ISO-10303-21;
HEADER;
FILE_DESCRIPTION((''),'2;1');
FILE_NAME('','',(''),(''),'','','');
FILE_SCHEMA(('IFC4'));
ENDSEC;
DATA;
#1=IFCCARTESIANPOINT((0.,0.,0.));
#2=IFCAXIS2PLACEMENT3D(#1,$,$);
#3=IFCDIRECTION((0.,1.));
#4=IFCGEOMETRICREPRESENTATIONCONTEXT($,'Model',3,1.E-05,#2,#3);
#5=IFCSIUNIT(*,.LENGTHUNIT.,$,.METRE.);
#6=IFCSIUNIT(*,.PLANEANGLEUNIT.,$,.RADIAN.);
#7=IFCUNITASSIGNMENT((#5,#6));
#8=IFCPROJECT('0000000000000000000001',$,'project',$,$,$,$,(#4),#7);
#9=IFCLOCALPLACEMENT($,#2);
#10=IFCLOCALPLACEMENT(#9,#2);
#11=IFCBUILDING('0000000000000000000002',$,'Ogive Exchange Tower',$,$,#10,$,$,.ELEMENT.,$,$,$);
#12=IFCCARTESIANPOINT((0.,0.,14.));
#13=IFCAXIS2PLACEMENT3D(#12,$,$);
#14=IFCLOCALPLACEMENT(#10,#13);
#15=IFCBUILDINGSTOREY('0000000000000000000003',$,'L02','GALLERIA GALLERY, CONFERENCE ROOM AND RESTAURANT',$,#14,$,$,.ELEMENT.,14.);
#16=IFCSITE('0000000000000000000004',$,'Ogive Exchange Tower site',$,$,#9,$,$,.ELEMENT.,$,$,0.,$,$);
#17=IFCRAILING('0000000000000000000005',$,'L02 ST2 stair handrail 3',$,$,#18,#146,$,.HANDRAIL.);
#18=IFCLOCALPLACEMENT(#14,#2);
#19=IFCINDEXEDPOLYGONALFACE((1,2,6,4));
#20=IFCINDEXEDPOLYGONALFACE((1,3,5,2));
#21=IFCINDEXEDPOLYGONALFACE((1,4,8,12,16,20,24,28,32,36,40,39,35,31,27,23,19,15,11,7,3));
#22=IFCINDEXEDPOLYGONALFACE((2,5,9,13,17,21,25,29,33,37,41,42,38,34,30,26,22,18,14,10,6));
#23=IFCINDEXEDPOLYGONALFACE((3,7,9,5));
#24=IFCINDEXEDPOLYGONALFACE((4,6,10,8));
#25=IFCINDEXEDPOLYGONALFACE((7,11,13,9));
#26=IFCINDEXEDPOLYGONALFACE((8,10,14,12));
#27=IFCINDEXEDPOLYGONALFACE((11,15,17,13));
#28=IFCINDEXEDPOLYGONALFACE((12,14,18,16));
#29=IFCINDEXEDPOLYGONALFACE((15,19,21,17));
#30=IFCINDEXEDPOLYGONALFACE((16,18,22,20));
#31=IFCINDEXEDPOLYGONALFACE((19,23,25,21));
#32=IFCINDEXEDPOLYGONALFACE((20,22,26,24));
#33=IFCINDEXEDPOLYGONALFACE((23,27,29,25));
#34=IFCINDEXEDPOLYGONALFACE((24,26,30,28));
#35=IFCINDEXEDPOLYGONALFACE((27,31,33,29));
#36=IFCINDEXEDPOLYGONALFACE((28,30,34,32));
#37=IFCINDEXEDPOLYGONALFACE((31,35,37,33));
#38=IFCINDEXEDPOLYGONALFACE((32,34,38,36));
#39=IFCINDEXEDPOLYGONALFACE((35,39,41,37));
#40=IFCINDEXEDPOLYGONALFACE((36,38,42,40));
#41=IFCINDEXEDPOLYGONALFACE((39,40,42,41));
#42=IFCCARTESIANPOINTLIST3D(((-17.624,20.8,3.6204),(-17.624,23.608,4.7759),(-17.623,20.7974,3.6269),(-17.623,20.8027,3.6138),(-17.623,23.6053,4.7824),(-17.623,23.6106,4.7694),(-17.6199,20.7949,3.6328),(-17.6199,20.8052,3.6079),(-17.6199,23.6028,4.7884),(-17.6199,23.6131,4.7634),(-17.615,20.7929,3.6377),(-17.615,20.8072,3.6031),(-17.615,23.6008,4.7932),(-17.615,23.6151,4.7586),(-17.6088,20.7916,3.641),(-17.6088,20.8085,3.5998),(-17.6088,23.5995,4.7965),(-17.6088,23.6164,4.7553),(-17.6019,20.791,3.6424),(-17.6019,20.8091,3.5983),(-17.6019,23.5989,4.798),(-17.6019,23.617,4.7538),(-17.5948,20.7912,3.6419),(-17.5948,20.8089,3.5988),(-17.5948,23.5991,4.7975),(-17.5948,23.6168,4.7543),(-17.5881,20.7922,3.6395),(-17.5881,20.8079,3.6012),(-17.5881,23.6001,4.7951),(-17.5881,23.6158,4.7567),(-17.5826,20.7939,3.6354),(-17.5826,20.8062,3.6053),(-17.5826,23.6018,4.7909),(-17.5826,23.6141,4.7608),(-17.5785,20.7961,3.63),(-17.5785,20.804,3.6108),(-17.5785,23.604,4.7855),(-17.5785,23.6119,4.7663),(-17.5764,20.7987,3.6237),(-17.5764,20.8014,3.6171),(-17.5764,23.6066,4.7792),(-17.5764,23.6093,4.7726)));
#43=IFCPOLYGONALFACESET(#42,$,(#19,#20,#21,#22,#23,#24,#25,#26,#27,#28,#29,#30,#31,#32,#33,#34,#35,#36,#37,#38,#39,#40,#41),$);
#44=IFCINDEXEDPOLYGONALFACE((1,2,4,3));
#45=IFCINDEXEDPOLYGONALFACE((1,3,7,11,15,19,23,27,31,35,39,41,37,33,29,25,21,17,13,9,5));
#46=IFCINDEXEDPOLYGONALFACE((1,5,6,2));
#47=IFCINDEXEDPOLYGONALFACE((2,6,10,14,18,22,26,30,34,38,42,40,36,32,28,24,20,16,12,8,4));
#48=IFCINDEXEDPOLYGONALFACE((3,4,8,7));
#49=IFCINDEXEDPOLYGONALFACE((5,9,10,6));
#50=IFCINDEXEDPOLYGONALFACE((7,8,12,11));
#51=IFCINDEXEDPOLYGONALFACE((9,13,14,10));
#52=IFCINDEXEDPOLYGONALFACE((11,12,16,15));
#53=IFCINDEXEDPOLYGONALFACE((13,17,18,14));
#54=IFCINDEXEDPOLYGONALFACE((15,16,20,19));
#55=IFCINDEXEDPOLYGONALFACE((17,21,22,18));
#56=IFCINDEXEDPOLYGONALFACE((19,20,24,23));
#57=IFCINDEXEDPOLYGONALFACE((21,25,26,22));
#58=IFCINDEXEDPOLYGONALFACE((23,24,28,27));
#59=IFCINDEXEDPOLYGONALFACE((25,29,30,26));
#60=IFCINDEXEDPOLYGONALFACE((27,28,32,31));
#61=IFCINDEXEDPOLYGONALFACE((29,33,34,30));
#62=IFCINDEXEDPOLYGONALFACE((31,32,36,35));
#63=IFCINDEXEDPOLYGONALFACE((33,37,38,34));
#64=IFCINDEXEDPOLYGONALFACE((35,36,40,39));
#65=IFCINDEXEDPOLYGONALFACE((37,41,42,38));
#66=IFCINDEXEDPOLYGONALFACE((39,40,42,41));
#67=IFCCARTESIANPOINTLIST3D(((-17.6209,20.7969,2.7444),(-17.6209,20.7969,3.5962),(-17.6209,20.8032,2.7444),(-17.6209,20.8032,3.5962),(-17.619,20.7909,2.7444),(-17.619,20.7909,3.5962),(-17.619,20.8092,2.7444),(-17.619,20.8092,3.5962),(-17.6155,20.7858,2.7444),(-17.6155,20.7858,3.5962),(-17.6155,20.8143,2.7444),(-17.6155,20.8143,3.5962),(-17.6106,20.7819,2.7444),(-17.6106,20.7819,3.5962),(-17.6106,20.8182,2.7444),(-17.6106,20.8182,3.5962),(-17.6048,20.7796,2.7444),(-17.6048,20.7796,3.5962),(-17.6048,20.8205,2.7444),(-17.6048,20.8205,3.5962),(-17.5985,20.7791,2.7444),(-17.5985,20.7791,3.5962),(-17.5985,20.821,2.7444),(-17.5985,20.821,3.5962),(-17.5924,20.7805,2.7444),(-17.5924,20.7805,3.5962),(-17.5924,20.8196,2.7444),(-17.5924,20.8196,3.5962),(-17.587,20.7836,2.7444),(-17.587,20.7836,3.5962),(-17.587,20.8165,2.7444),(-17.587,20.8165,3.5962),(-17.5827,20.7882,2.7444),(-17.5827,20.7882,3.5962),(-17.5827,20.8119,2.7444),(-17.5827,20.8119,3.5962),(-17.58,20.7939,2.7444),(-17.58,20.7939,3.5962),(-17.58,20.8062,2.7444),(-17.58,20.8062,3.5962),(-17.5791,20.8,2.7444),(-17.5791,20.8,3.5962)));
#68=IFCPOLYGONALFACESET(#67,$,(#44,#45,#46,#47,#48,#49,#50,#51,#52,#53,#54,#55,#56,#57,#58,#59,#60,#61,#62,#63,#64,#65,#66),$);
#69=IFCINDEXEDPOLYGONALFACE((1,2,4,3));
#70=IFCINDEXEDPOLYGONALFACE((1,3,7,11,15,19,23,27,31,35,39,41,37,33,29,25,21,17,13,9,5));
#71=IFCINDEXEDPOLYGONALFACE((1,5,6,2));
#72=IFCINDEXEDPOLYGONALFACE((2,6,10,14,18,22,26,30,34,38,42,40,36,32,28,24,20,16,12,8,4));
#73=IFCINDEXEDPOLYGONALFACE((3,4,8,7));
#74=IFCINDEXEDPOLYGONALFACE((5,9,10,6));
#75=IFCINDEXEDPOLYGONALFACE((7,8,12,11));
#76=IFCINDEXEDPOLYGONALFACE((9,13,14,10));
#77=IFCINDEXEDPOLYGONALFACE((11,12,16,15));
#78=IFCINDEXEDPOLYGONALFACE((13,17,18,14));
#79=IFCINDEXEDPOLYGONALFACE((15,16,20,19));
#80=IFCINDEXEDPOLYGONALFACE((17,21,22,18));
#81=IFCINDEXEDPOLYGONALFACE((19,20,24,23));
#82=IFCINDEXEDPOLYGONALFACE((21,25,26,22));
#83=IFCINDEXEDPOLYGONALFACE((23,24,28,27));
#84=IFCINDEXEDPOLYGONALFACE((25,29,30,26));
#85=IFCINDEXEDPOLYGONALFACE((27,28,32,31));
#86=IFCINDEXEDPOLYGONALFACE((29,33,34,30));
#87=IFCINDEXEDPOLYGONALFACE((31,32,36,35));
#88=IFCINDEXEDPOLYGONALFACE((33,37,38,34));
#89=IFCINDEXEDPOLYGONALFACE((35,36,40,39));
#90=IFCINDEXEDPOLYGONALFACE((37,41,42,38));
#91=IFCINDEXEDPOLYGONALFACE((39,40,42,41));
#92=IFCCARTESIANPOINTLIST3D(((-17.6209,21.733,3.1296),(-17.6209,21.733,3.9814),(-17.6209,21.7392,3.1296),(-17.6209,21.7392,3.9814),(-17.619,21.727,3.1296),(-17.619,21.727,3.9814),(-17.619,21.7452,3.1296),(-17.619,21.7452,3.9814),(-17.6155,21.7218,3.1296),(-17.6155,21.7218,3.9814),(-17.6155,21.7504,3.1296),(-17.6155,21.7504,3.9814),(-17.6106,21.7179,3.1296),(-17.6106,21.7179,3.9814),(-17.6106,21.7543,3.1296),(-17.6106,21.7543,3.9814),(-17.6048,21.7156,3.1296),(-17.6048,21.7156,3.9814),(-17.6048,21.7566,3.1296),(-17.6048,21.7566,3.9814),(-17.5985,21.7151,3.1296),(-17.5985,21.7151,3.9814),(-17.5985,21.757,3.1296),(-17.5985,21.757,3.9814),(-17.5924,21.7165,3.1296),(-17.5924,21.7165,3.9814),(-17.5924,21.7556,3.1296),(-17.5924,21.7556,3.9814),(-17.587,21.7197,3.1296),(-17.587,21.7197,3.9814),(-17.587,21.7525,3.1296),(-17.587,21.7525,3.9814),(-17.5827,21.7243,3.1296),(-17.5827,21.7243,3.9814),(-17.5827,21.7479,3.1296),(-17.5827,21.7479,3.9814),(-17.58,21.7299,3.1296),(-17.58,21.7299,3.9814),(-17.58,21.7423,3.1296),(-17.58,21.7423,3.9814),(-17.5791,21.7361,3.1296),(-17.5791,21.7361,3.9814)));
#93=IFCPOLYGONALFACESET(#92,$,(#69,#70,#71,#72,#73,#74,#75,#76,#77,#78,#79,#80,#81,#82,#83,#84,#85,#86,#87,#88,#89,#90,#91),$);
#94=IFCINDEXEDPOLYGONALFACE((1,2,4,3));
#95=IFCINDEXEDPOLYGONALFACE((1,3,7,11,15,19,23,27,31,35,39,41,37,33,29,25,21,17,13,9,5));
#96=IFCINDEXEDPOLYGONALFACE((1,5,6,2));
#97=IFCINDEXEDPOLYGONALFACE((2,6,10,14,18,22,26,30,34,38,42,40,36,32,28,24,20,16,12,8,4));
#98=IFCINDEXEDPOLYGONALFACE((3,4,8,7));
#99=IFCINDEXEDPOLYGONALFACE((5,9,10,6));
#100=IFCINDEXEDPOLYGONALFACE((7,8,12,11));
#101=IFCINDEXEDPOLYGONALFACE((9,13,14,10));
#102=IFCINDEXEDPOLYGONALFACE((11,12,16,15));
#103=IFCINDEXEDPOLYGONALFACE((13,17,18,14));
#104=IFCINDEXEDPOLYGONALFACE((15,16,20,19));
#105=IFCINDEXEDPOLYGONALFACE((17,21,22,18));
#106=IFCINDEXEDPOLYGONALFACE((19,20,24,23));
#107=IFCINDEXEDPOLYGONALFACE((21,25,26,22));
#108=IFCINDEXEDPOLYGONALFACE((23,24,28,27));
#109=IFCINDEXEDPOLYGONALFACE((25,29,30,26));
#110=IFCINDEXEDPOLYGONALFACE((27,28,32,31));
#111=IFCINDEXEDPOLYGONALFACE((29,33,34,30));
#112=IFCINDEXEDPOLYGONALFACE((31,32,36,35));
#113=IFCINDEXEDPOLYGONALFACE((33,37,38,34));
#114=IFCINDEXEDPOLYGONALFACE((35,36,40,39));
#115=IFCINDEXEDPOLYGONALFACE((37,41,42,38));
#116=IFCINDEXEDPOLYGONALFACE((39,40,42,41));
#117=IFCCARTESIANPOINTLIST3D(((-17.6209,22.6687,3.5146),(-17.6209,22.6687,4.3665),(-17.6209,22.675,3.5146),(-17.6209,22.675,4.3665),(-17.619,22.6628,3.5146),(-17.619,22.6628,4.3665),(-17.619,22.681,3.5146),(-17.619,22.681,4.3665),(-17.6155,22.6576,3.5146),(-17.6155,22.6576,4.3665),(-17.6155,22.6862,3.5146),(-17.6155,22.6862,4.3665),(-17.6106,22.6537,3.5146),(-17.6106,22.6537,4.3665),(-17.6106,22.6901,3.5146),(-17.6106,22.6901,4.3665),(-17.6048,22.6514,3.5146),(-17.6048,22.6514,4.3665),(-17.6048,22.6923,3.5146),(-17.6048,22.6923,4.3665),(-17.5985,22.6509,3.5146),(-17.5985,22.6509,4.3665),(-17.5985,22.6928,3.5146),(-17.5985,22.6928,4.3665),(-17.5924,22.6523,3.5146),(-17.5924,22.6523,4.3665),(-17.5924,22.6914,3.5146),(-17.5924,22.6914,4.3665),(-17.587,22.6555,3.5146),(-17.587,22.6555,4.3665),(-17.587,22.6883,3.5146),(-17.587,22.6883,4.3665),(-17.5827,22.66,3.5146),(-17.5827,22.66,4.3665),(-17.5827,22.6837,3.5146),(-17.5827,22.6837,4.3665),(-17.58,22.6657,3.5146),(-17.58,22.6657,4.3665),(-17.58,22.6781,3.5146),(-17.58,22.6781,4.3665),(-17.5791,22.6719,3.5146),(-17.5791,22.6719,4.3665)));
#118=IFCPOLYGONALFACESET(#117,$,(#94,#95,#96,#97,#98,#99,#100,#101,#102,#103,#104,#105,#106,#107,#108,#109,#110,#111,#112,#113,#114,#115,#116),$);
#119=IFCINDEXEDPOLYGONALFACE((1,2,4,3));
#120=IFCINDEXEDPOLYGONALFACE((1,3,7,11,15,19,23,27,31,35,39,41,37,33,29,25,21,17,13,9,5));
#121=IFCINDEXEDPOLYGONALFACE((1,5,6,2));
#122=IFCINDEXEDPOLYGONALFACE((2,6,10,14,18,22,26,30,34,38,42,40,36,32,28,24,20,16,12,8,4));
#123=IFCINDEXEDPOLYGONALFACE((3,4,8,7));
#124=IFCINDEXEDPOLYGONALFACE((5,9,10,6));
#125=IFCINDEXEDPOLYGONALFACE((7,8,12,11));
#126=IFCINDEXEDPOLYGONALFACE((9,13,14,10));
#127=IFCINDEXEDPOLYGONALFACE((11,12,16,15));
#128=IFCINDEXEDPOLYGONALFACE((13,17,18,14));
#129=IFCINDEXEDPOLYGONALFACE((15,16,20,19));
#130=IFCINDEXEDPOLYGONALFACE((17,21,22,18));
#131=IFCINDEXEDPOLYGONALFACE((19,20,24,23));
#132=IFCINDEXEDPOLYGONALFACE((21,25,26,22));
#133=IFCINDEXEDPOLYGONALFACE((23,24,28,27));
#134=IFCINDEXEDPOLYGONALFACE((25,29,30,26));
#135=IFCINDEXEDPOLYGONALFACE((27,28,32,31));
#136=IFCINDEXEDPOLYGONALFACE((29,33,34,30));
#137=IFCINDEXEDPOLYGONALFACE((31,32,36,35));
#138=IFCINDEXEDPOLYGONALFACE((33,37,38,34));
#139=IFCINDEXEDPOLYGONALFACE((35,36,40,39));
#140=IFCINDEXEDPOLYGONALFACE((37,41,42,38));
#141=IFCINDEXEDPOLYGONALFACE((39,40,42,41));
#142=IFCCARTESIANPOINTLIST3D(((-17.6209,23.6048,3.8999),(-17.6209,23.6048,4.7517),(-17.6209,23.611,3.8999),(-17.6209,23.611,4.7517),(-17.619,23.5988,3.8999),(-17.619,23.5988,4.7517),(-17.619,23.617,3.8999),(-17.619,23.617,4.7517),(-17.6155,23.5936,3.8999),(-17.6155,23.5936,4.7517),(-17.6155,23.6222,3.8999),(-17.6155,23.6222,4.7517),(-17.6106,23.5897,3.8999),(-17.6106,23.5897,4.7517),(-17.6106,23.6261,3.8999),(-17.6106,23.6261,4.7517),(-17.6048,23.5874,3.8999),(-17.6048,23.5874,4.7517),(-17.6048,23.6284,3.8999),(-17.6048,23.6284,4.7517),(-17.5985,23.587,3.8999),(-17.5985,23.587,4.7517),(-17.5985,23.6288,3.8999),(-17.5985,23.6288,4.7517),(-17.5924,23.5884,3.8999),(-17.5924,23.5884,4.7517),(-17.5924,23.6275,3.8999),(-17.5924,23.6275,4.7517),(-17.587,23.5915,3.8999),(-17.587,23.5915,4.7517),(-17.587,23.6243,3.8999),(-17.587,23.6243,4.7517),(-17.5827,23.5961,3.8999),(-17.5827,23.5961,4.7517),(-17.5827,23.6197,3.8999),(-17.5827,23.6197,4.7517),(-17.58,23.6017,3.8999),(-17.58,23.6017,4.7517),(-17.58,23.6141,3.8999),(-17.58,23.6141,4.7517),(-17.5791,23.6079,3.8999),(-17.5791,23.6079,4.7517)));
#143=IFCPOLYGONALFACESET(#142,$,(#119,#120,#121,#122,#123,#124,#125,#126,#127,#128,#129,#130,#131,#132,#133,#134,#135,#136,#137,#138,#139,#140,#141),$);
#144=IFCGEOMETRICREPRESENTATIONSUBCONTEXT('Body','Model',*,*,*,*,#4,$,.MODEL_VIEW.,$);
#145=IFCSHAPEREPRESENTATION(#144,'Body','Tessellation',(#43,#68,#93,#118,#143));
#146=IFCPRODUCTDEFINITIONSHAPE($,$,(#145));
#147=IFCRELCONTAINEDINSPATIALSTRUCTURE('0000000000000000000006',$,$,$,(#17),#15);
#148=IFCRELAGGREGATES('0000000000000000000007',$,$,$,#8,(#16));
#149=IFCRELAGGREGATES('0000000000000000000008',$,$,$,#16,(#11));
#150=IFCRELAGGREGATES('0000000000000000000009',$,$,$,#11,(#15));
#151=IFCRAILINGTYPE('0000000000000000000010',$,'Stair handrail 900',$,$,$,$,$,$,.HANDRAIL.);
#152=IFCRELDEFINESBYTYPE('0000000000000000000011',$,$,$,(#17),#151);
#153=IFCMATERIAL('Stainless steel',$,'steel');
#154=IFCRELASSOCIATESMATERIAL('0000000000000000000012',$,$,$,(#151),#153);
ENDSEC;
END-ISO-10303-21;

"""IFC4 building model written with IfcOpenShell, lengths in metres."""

from ifc_helpers import new_model, si_unit, direction, frame, origin, origin_2d, place, context, subcontext, project, spatial, circle, extrude, material, type_object, element, save


model = new_model("IFC4")

# Units and contexts
model_context = context("Model", 3, precision=1e-05, world=origin(), true_north=direction((0.0, 1.0)))
body_context = subcontext(model_context, "Body", "Model", "MODEL_VIEW")
ifc_project = project(units=[si_unit("LENGTHUNIT", "METRE"), si_unit("PLANEANGLEUNIT", "RADIAN")], contexts=[model_context])

# Site, building, storey
site_placement = place(None, origin())
site = spatial("IfcSite", under=ifc_project, at=site_placement, Name="Ogive Exchange Tower site", CompositionType="ELEMENT", RefElevation=0.0)
building_placement = place(site_placement, origin())
building = spatial("IfcBuilding", under=site, at=building_placement, Name="Ogive Exchange Tower", CompositionType="ELEMENT")
storey_placement = place(building_placement, frame((0.0, 0.0, 14.0)))
storey = spatial("IfcBuildingStorey", under=building, at=storey_placement, Name="L02", Description="GALLERIA GALLERY, CONFERENCE ROOM AND RESTAURANT", CompositionType="ELEMENT", Elevation=14.0)

# Railing
ifc_material_1 = material(Name="Stainless steel", Category="steel")
railing_type = type_object("IfcRailingType", Name="Stair handrail 900", PredefinedType="HANDRAIL", material=ifc_material_1)
railing_1_placement = place(storey_placement, frame((-17.6001, 20.8, 2.7444)))
element("IfcRailing", 1, at=railing_1_placement, inside=storey, type_object=railing_type, Name="L02 ST2 stair handrail 3", PredefinedType="HANDRAIL", context=body_context, shape_type="SweptSolid", body=[
    extrude(circle(Radius=0.0239, at=origin_2d()), frame((0.0, 0.0, 0.876), z_axis=(0.0, 0.924755, 0.380564), x_axis=(-1.0, 0.0, 0.0)), (0.0, 0.0, 1.0), 3.0364),
    extrude(circle(Radius=0.021, at=origin_2d()), origin(), (0.0, 0.0, 1.0), 0.8518),
    extrude(circle(Radius=0.021, at=origin_2d()), frame((0.0, 0.936, 0.3853)), (0.0, 0.0, 1.0), 0.8518),
    extrude(circle(Radius=0.021, at=origin_2d()), frame((0.0, 1.8718, 0.7703)), (0.0, 0.0, 1.0), 0.8518),
    extrude(circle(Radius=0.021, at=origin_2d()), frame((0.0, 2.8079, 1.1555)), (0.0, 0.0, 1.0), 0.8518),
])

save(model, "model.ifc")
